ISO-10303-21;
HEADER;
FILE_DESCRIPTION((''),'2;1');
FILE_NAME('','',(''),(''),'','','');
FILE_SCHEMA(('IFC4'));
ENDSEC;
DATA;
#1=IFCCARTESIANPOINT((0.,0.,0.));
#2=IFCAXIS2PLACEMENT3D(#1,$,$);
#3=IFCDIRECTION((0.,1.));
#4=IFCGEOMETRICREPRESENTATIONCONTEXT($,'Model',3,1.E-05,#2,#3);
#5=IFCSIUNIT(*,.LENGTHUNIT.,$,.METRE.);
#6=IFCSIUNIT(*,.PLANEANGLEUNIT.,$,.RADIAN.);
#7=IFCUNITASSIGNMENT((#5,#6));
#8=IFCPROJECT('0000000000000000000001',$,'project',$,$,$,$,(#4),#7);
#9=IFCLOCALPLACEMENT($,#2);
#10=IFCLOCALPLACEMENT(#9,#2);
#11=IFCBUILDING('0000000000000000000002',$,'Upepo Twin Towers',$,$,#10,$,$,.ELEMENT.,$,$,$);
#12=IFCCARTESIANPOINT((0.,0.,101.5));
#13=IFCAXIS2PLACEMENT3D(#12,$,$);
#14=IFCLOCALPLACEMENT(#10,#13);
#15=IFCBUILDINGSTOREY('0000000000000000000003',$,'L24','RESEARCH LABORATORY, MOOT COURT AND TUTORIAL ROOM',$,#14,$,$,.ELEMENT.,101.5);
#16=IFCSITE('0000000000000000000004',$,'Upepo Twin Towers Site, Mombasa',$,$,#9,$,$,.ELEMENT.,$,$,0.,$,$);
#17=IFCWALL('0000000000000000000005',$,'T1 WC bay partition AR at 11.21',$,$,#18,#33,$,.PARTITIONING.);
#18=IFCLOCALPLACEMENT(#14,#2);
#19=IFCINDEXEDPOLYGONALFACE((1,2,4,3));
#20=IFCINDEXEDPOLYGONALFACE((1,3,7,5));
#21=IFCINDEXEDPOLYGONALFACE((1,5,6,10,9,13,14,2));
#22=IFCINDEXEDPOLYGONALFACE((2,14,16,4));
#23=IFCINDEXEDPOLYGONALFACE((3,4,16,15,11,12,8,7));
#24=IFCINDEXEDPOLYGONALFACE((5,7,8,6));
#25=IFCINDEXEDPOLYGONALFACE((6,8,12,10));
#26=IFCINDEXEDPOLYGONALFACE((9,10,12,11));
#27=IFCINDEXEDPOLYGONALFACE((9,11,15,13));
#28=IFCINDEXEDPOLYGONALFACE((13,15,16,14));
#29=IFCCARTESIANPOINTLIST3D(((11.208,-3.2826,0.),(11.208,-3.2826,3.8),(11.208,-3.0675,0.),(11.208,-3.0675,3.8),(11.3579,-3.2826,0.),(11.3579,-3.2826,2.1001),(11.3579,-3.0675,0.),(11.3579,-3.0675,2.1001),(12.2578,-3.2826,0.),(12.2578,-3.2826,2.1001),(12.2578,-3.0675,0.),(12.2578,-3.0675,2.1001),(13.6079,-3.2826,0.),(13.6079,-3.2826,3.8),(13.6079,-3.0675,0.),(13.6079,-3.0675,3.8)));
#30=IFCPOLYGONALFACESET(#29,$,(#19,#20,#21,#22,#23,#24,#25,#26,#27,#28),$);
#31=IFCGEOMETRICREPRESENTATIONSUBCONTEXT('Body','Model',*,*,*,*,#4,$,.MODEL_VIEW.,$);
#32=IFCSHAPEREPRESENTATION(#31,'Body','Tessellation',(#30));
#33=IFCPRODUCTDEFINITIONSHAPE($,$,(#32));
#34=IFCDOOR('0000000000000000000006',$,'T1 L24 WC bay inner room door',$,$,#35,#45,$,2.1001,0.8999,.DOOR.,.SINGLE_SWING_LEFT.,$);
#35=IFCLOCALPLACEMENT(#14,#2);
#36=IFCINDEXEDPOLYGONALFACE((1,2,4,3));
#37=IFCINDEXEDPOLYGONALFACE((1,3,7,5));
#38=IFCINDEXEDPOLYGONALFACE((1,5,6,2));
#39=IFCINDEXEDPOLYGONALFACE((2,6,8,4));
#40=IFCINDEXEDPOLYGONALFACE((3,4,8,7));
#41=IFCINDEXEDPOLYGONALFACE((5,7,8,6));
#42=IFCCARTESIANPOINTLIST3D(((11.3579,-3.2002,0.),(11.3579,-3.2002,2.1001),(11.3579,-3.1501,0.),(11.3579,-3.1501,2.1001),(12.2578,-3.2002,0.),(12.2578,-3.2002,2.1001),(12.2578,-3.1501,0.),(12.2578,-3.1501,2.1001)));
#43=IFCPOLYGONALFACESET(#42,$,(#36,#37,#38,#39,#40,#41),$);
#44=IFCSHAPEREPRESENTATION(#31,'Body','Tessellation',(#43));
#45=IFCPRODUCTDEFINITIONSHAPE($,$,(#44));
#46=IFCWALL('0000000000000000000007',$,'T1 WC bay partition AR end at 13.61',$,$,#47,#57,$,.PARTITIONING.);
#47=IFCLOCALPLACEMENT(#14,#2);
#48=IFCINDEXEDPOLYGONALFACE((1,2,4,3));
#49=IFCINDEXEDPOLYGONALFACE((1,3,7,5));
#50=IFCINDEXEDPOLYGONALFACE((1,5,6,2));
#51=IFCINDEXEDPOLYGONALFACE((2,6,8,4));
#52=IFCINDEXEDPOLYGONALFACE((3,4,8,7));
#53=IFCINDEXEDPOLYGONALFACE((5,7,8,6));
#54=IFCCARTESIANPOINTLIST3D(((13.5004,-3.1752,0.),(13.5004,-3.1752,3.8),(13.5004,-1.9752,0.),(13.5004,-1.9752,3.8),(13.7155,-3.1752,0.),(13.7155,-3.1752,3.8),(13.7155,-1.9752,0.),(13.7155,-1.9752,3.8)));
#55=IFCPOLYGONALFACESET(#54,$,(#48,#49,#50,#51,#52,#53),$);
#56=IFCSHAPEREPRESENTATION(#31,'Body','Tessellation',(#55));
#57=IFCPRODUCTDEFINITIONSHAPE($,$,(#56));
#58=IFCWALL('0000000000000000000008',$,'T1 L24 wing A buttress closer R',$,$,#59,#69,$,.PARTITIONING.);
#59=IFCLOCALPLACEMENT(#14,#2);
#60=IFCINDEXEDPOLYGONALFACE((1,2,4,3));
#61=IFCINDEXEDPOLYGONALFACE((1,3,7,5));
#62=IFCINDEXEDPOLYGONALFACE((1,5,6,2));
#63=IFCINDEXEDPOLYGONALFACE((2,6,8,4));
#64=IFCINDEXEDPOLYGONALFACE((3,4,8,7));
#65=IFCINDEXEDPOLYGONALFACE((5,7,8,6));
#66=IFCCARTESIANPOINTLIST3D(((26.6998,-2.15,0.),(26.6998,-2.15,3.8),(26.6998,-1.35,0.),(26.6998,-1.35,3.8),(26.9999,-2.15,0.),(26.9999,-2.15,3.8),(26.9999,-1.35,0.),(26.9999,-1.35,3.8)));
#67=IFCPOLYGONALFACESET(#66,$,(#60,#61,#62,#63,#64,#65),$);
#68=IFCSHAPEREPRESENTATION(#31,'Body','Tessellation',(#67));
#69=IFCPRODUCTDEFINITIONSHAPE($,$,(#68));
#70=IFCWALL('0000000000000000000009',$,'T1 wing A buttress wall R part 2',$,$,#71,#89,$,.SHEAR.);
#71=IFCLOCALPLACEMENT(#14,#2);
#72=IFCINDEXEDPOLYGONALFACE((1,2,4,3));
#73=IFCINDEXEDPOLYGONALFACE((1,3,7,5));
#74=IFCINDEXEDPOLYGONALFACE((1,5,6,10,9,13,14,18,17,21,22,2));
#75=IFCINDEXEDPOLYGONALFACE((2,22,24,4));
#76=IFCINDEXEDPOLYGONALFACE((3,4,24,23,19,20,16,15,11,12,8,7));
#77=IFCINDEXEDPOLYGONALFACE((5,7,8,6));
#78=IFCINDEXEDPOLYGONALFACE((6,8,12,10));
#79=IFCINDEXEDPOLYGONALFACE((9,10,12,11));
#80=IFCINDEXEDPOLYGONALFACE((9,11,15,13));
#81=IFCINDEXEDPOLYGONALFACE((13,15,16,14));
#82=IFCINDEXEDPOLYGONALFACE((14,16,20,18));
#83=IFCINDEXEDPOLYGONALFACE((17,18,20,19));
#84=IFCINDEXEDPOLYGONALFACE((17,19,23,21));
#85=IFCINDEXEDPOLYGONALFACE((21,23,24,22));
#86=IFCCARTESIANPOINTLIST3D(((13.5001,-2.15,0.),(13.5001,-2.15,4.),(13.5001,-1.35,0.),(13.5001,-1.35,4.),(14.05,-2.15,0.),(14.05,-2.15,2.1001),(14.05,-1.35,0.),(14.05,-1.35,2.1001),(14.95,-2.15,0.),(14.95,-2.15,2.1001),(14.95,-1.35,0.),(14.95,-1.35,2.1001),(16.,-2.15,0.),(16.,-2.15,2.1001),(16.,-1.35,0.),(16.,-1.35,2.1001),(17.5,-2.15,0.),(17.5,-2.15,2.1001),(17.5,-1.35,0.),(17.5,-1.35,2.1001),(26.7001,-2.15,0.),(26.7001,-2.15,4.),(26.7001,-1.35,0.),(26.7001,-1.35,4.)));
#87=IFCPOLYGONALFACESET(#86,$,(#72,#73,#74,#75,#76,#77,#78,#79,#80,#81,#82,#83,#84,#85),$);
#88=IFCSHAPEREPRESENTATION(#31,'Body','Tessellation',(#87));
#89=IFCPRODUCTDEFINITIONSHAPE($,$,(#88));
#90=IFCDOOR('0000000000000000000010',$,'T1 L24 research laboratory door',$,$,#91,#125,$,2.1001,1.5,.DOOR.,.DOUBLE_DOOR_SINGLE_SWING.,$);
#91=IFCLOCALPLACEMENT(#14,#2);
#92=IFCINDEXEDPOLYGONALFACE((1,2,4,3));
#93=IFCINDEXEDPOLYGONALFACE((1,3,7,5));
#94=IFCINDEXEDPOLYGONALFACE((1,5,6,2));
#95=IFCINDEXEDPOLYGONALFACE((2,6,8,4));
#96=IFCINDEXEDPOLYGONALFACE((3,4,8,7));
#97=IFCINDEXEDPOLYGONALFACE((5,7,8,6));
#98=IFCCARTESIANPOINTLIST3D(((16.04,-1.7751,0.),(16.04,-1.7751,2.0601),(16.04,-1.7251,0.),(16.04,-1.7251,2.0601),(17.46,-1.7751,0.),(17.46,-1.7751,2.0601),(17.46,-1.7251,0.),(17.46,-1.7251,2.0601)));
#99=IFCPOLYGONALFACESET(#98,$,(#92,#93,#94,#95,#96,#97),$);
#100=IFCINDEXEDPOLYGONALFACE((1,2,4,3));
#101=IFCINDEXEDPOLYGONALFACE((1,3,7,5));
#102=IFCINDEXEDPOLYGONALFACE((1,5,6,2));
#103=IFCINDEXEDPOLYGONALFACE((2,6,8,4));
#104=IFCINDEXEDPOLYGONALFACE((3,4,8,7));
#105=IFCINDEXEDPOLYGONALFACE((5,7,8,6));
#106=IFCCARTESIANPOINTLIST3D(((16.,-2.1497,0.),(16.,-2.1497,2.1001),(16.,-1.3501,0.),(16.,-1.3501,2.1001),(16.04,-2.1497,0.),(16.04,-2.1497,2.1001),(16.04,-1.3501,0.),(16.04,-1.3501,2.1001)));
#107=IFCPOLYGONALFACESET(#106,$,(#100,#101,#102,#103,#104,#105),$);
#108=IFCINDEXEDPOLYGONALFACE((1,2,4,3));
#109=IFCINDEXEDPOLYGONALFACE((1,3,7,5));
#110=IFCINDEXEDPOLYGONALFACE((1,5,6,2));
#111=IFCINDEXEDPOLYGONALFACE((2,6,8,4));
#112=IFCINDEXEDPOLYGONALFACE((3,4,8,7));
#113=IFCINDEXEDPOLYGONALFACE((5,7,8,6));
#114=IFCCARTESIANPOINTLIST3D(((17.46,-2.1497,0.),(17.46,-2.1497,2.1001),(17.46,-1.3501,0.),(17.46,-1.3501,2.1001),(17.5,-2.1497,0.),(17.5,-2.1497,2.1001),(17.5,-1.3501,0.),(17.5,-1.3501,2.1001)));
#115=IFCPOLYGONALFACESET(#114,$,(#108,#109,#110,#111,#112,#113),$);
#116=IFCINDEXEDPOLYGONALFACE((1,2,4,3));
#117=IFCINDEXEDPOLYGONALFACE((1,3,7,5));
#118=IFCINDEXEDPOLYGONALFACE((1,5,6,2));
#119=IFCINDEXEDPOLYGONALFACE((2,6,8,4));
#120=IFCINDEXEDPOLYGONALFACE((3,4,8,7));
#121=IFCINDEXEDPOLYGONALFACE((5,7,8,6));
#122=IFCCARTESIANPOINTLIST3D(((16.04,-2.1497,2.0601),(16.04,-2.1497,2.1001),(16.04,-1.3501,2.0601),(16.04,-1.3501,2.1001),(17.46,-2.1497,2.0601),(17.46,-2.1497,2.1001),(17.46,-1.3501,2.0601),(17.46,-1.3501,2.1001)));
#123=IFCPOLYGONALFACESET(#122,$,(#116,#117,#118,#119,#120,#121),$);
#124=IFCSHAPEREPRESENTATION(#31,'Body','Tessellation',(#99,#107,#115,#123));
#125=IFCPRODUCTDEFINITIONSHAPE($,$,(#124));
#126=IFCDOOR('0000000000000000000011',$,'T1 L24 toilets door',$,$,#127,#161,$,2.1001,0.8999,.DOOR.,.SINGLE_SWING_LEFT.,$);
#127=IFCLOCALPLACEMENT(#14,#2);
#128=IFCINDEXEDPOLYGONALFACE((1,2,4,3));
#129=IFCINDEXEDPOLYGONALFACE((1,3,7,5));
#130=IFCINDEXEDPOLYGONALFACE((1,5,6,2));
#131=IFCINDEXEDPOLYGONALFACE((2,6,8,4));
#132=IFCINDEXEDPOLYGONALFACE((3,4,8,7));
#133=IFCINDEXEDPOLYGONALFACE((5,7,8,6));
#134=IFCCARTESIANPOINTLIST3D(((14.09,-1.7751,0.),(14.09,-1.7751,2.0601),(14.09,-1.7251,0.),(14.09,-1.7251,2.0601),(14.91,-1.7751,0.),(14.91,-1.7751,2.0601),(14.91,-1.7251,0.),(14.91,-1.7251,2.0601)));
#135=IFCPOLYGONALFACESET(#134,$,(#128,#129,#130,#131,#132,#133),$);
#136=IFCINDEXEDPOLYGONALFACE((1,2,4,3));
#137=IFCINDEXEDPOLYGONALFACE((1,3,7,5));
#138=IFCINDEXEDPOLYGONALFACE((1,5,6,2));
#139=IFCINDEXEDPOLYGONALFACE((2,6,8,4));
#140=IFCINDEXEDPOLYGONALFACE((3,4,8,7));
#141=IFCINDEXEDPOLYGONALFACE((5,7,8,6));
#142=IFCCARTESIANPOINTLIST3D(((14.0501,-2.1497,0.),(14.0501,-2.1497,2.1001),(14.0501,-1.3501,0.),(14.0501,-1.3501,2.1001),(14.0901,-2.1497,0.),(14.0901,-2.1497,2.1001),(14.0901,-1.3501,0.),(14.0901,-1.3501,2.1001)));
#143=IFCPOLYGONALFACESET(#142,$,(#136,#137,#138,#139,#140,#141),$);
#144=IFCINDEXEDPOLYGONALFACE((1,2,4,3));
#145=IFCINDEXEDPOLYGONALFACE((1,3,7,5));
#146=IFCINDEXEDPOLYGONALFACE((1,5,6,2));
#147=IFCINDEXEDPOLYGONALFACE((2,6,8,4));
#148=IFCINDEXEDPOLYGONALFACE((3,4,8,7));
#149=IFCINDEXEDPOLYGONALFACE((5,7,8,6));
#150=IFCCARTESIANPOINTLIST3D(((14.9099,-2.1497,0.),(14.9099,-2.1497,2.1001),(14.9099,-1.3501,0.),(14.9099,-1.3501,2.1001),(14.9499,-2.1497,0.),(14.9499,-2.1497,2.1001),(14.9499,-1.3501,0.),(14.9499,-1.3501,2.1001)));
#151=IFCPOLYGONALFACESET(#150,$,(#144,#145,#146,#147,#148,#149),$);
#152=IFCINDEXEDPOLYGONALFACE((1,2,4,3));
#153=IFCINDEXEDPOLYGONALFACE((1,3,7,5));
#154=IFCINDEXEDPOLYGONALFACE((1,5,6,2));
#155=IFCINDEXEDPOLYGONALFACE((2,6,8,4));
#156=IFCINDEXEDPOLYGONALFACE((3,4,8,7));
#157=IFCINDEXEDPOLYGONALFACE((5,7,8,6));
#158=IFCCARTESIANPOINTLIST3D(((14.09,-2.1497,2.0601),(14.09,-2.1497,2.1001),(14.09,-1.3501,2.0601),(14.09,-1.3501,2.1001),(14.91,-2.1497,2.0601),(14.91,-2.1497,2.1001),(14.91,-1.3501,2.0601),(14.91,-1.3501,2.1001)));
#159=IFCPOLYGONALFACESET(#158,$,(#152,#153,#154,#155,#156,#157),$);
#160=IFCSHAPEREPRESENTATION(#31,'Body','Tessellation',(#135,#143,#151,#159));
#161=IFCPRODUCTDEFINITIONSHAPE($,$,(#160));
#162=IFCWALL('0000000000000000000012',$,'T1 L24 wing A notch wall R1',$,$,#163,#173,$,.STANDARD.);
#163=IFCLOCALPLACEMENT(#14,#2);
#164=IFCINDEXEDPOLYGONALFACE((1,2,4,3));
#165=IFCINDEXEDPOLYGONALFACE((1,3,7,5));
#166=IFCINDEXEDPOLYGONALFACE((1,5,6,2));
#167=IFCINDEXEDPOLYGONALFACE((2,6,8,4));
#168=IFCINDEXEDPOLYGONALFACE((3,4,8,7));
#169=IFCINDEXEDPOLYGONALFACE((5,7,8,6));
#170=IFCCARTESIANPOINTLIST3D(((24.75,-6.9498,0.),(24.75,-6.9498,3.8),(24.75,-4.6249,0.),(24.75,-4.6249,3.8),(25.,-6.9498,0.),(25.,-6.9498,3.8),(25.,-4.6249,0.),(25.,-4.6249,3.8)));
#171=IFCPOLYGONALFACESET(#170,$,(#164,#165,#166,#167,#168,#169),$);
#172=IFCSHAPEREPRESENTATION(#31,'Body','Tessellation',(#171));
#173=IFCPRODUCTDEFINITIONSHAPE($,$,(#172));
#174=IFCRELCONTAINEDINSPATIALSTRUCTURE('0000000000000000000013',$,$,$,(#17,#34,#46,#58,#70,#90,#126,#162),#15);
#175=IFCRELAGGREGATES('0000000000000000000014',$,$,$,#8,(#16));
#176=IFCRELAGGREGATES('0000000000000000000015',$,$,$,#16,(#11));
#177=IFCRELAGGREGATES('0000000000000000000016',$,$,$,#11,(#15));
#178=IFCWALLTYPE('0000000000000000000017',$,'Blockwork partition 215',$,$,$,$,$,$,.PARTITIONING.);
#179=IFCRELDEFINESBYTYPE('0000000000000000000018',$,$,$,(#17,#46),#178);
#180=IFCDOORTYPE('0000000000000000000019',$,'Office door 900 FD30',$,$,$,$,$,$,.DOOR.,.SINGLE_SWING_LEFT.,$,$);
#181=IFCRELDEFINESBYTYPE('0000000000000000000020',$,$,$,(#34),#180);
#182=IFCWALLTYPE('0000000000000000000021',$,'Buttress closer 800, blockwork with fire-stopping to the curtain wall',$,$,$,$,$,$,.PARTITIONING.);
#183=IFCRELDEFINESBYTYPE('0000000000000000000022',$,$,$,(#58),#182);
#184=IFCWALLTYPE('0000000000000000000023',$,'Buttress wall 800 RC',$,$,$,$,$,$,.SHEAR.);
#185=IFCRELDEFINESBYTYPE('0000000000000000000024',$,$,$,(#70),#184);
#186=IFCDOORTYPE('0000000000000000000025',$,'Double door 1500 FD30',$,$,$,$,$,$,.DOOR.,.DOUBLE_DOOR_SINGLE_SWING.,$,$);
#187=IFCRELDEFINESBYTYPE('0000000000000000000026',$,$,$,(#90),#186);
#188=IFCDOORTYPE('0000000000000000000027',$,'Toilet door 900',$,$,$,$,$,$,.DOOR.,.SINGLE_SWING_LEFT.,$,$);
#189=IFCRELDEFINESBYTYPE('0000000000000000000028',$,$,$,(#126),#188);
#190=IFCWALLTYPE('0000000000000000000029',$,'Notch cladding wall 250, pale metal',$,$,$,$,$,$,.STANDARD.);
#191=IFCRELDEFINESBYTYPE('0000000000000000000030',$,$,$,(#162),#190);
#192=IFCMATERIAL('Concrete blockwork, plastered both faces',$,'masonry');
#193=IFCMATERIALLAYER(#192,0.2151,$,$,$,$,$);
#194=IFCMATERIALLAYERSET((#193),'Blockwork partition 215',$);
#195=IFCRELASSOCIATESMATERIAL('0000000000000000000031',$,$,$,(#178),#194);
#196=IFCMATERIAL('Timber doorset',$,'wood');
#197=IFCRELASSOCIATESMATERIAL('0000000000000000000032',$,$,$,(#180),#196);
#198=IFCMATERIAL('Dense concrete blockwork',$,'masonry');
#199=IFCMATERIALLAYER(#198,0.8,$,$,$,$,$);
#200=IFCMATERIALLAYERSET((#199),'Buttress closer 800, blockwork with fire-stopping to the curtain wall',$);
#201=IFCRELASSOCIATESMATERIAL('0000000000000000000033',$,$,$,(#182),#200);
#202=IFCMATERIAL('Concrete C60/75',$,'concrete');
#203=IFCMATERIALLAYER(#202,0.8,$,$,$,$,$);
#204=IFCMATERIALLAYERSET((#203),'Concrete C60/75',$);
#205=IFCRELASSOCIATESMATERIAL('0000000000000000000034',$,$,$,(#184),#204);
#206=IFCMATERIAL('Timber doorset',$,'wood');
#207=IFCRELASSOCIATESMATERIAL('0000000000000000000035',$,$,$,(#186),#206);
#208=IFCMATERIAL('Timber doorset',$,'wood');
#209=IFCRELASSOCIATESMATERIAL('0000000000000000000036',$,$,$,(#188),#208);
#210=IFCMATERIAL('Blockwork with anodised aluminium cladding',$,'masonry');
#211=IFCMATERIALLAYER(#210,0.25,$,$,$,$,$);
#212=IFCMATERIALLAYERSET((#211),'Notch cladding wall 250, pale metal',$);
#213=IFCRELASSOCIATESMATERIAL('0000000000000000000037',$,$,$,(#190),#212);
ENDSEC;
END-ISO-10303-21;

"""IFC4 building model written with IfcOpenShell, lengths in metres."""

from ifc_helpers import new_model, si_unit, direction, frame, frame_2d, origin, place, context, subcontext, project, spatial, rectangle, extrude, material, layer, layer_set, type_object, element, fill, save


model = new_model("IFC4")

# Units and contexts
model_context = context("Model", 3, precision=1e-05, world=origin(), true_north=direction((0.0, 1.0)))
body_context = subcontext(model_context, "Body", "Model", "MODEL_VIEW")
ifc_project = project(units=[si_unit("LENGTHUNIT", "METRE"), si_unit("PLANEANGLEUNIT", "RADIAN")], contexts=[model_context])

# Site, building, storey
site_placement = place(None, origin())
site = spatial("IfcSite", under=ifc_project, at=site_placement, Name="Upepo Twin Towers Site, Mombasa", CompositionType="ELEMENT", RefElevation=0.0)
building_placement = place(site_placement, origin())
building = spatial("IfcBuilding", under=site, at=building_placement, Name="Upepo Twin Towers", CompositionType="ELEMENT")
storey_placement = place(building_placement, frame((0.0, 0.0, 101.5)))
storey = spatial("IfcBuildingStorey", under=building, at=storey_placement, Name="L24", Description="RESEARCH LABORATORY, MOOT COURT AND TUTORIAL ROOM", CompositionType="ELEMENT", Elevation=101.5)

# Shared definitions
ifc_material_1 = material(Name="Concrete blockwork, plastered both faces", Category="masonry")
ifc_layer_1 = layer(ifc_material_1, 0.2151)
ifc_layer_set_1 = layer_set([ifc_layer_1], Name="Blockwork partition 215")
wall_type_1 = type_object("IfcWallType", Name="Blockwork partition 215", PredefinedType="PARTITIONING", material=ifc_layer_set_1)

# Wall, opening, door
wall_1_placement = place(storey_placement, frame((11.208, -3.175, 0.0), z_axis=(0.0, 0.0, 1.0), x_axis=(1.0, 0.0, 0.0)))
wall_1 = element("IfcWall", 1, at=wall_1_placement, inside=storey, type_object=wall_type_1, Name="T1 WC bay partition AR at 11.21", PredefinedType="PARTITIONING", context=body_context, shape_type="SweptSolid", body=[
    extrude(rectangle(XDim=2.3999, YDim=0.2151, at=frame_2d((1.2, 0.0))), origin(), (0.0, 0.0, 1.0), 3.8),
])
opening_1_placement = place(wall_1_placement, frame((0.1499, 0.0, 0.0)))
opening_1 = element("IfcOpeningElement", 2, at=opening_1_placement, cuts=wall_1, PredefinedType="OPENING", context=body_context, shape_type="SweptSolid", body=[
    extrude(rectangle(XDim=0.8999, YDim=2.1001, at=frame_2d((0.45, 1.05))), frame((0.0, 0.1174, 0.0), z_axis=(0.0, -1.0, 0.0), x_axis=(1.0, 0.0, 0.0)), (0.0, 0.0, 1.0), 0.2351),
])
ifc_material_2 = material(Name="Timber doorset", Category="wood")
door_type_1 = type_object("IfcDoorType", Name="Office door 900 FD30", OperationType="SINGLE_SWING_LEFT", PredefinedType="DOOR", material=ifc_material_2)
door_1_placement = place(opening_1_placement, origin())
door_1 = element("IfcDoor", 3, at=door_1_placement, inside=storey, type_object=door_type_1, Name="T1 L24 WC bay inner room door", OperationType="SINGLE_SWING_LEFT", OverallHeight=2.1001, OverallWidth=0.8999, PredefinedType="DOOR", context=body_context, shape_type="SweptSolid", body=[
    extrude(rectangle(XDim=0.8999, YDim=2.1001, at=frame_2d((0.45, 1.05))), frame((0.0, 0.0249, 0.0), z_axis=(0.0, -1.0, 0.0), x_axis=(1.0, 0.0, 0.0)), (0.0, 0.0, 1.0), 0.05),
])
fill(opening_1, door_1)

# Walls
wall_2_placement = place(storey_placement, frame((13.6079, -1.9751, 0.0), z_axis=(0.0, 0.0, 1.0), x_axis=(0.0, -1.0, 0.0)))
element("IfcWall", 4, at=wall_2_placement, inside=storey, type_object=wall_type_1, Name="T1 WC bay partition AR end at 13.61", PredefinedType="PARTITIONING", context=body_context, shape_type="SweptSolid", body=[
    extrude(rectangle(XDim=1.2, YDim=0.2151, at=frame_2d((0.6001, 0.0))), origin(), (0.0, 0.0, 1.0), 3.8),
])
ifc_material_3 = material(Name="Dense concrete blockwork", Category="masonry")
ifc_layer_2 = layer(ifc_material_3, 0.8)
ifc_layer_set_2 = layer_set([ifc_layer_2], Name="Buttress closer 800, blockwork with fire-stopping to the curtain wall")
wall_type_2 = type_object("IfcWallType", Name="Buttress closer 800, blockwork with fire-stopping to the curtain wall", PredefinedType="PARTITIONING", material=ifc_layer_set_2)
wall_3_placement = place(storey_placement, frame((26.7, -1.75, 0.0), z_axis=(0.0, 0.0, 1.0), x_axis=(1.0, 0.0, 0.0)))
element("IfcWall", 5, at=wall_3_placement, inside=storey, type_object=wall_type_2, Name="T1 L24 wing A buttress closer R", PredefinedType="PARTITIONING", context=body_context, shape_type="SweptSolid", body=[
    extrude(rectangle(XDim=0.3, YDim=0.8, at=frame_2d((0.1499, 0.0))), origin(), (0.0, 0.0, 1.0), 3.8),
])

# Wall, openings, doors
ifc_material_4 = material(Name="Concrete C60/75", Category="concrete")
ifc_layer_3 = layer(ifc_material_4, 0.8)
ifc_layer_set_3 = layer_set([ifc_layer_3], Name="Concrete C60/75")
wall_type_3 = type_object("IfcWallType", Name="Buttress wall 800 RC", PredefinedType="SHEAR", material=ifc_layer_set_3)
wall_4_placement = place(storey_placement, frame((13.5, -1.75, 0.0), z_axis=(0.0, 0.0, 1.0), x_axis=(1.0, 0.0, 0.0)))
wall_4 = element("IfcWall", 6, at=wall_4_placement, inside=storey, type_object=wall_type_3, Name="T1 wing A buttress wall R part 2", PredefinedType="SHEAR", context=body_context, shape_type="SweptSolid", body=[
    extrude(rectangle(XDim=13.2, YDim=0.8, at=frame_2d((6.6001, 0.0))), origin(), (0.0, 0.0, 1.0), 4.0),
])
opening_2_placement = place(wall_4_placement, frame((0.55, 0.0, 0.0)))
opening_2 = element("IfcOpeningElement", 7, at=opening_2_placement, cuts=wall_4, PredefinedType="OPENING", context=body_context, shape_type="SweptSolid", body=[
    extrude(rectangle(XDim=0.8999, YDim=2.1001, at=frame_2d((0.45, 1.05))), frame((0.0, 0.4099, 0.0), z_axis=(0.0, -1.0, 0.0), x_axis=(1.0, 0.0, 0.0)), (0.0, 0.0, 1.0), 0.8201),
])
opening_3_placement = place(wall_4_placement, frame((2.5, 0.0, 0.0)))
opening_3 = element("IfcOpeningElement", 8, at=opening_3_placement, cuts=wall_4, PredefinedType="OPENING", context=body_context, shape_type="SweptSolid", body=[
    extrude(rectangle(XDim=1.5, YDim=2.1001, at=frame_2d((0.75, 1.05))), frame((0.0, 0.4099, 0.0), z_axis=(0.0, -1.0, 0.0), x_axis=(1.0, 0.0, 0.0)), (0.0, 0.0, 1.0), 0.8201),
])
ifc_material_5 = material(Name="Timber doorset", Category="wood")
door_type_2 = type_object("IfcDoorType", Name="Double door 1500 FD30", OperationType="DOUBLE_DOOR_SINGLE_SWING", PredefinedType="DOOR", material=ifc_material_5)
door_2_placement = place(opening_3_placement, origin())
door_2 = element("IfcDoor", 9, at=door_2_placement, inside=storey, type_object=door_type_2, Name="T1 L24 research laboratory door", OperationType="DOUBLE_DOOR_SINGLE_SWING", OverallHeight=2.1001, OverallWidth=1.5, PredefinedType="DOOR", context=body_context, shape_type="SweptSolid", body=[
    extrude(rectangle(XDim=1.42, YDim=2.0601, at=frame_2d((0.75, 1.03))), frame((0.0, 0.0249, 0.0), z_axis=(0.0, -1.0, 0.0), x_axis=(1.0, 0.0, 0.0)), (0.0, 0.0, 1.0), 0.05),
    extrude(rectangle(XDim=0.04, YDim=2.1001, at=frame_2d((0.02, 1.05))), frame((0.0, 0.3999, 0.0), z_axis=(0.0, -1.0, 0.0), x_axis=(1.0, 0.0, 0.0)), (0.0, 0.0, 1.0), 0.7996),
    extrude(rectangle(XDim=0.04, YDim=2.1001, at=frame_2d((1.48, 1.05))), frame((0.0, 0.3999, 0.0), z_axis=(0.0, -1.0, 0.0), x_axis=(1.0, 0.0, 0.0)), (0.0, 0.0, 1.0), 0.7996),
    extrude(rectangle(XDim=1.42, YDim=0.04, at=frame_2d((0.75, 2.0801))), frame((0.0, 0.3999, 0.0), z_axis=(0.0, -1.0, 0.0), x_axis=(1.0, 0.0, 0.0)), (0.0, 0.0, 1.0), 0.7996),
])
fill(opening_3, door_2)
ifc_material_6 = material(Name="Timber doorset", Category="wood")
door_type_3 = type_object("IfcDoorType", Name="Toilet door 900", OperationType="SINGLE_SWING_LEFT", PredefinedType="DOOR", material=ifc_material_6)
door_3_placement = place(opening_2_placement, origin())
door_3 = element("IfcDoor", 10, at=door_3_placement, inside=storey, type_object=door_type_3, Name="T1 L24 toilets door", OperationType="SINGLE_SWING_LEFT", OverallHeight=2.1001, OverallWidth=0.8999, PredefinedType="DOOR", context=body_context, shape_type="SweptSolid", body=[
    extrude(rectangle(XDim=0.8199, YDim=2.0601, at=frame_2d((0.45, 1.03))), frame((0.0, 0.0249, 0.0), z_axis=(0.0, -1.0, 0.0), x_axis=(1.0, 0.0, 0.0)), (0.0, 0.0, 1.0), 0.05),
    extrude(rectangle(XDim=0.04, YDim=2.1001, at=frame_2d((0.02, 1.05))), frame((0.0, 0.3999, 0.0), z_axis=(0.0, -1.0, 0.0), x_axis=(1.0, 0.0, 0.0)), (0.0, 0.0, 1.0), 0.7996),
    extrude(rectangle(XDim=0.04, YDim=2.1001, at=frame_2d((0.8799, 1.05))), frame((0.0, 0.3999, 0.0), z_axis=(0.0, -1.0, 0.0), x_axis=(1.0, 0.0, 0.0)), (0.0, 0.0, 1.0), 0.7996),
    extrude(rectangle(XDim=0.8199, YDim=0.04, at=frame_2d((0.45, 2.0801))), frame((0.0, 0.3999, 0.0), z_axis=(0.0, -1.0, 0.0), x_axis=(1.0, 0.0, 0.0)), (0.0, 0.0, 1.0), 0.7996),
])
fill(opening_2, door_3)

# Wall
ifc_material_7 = material(Name="Blockwork with anodised aluminium cladding", Category="masonry")
ifc_layer_4 = layer(ifc_material_7, 0.25)
ifc_layer_set_4 = layer_set([ifc_layer_4], Name="Notch cladding wall 250, pale metal")
wall_type_4 = type_object("IfcWallType", Name="Notch cladding wall 250, pale metal", PredefinedType="STANDARD", material=ifc_layer_set_4)
for number, where, z_axis, x_axis, name in (
    (11, (24.875, -6.95, 0.0), (0.0, 0.0, 1.0), (0.0, 1.0, 0.0), "T1 L24 wing A notch wall R1"),
):
    element("IfcWall", number, at=place(storey_placement, frame(where, z_axis=z_axis, x_axis=x_axis)), inside=storey, type_object=wall_type_4, Name=name, PredefinedType="STANDARD", context=body_context, shape_type="SweptSolid", body=[
        extrude(rectangle(XDim=2.325, YDim=0.25, at=frame_2d((1.1626, 0.0))), origin(), (0.0, 0.0, 1.0), 3.8),
    ])

save(model, "model.ifc")
